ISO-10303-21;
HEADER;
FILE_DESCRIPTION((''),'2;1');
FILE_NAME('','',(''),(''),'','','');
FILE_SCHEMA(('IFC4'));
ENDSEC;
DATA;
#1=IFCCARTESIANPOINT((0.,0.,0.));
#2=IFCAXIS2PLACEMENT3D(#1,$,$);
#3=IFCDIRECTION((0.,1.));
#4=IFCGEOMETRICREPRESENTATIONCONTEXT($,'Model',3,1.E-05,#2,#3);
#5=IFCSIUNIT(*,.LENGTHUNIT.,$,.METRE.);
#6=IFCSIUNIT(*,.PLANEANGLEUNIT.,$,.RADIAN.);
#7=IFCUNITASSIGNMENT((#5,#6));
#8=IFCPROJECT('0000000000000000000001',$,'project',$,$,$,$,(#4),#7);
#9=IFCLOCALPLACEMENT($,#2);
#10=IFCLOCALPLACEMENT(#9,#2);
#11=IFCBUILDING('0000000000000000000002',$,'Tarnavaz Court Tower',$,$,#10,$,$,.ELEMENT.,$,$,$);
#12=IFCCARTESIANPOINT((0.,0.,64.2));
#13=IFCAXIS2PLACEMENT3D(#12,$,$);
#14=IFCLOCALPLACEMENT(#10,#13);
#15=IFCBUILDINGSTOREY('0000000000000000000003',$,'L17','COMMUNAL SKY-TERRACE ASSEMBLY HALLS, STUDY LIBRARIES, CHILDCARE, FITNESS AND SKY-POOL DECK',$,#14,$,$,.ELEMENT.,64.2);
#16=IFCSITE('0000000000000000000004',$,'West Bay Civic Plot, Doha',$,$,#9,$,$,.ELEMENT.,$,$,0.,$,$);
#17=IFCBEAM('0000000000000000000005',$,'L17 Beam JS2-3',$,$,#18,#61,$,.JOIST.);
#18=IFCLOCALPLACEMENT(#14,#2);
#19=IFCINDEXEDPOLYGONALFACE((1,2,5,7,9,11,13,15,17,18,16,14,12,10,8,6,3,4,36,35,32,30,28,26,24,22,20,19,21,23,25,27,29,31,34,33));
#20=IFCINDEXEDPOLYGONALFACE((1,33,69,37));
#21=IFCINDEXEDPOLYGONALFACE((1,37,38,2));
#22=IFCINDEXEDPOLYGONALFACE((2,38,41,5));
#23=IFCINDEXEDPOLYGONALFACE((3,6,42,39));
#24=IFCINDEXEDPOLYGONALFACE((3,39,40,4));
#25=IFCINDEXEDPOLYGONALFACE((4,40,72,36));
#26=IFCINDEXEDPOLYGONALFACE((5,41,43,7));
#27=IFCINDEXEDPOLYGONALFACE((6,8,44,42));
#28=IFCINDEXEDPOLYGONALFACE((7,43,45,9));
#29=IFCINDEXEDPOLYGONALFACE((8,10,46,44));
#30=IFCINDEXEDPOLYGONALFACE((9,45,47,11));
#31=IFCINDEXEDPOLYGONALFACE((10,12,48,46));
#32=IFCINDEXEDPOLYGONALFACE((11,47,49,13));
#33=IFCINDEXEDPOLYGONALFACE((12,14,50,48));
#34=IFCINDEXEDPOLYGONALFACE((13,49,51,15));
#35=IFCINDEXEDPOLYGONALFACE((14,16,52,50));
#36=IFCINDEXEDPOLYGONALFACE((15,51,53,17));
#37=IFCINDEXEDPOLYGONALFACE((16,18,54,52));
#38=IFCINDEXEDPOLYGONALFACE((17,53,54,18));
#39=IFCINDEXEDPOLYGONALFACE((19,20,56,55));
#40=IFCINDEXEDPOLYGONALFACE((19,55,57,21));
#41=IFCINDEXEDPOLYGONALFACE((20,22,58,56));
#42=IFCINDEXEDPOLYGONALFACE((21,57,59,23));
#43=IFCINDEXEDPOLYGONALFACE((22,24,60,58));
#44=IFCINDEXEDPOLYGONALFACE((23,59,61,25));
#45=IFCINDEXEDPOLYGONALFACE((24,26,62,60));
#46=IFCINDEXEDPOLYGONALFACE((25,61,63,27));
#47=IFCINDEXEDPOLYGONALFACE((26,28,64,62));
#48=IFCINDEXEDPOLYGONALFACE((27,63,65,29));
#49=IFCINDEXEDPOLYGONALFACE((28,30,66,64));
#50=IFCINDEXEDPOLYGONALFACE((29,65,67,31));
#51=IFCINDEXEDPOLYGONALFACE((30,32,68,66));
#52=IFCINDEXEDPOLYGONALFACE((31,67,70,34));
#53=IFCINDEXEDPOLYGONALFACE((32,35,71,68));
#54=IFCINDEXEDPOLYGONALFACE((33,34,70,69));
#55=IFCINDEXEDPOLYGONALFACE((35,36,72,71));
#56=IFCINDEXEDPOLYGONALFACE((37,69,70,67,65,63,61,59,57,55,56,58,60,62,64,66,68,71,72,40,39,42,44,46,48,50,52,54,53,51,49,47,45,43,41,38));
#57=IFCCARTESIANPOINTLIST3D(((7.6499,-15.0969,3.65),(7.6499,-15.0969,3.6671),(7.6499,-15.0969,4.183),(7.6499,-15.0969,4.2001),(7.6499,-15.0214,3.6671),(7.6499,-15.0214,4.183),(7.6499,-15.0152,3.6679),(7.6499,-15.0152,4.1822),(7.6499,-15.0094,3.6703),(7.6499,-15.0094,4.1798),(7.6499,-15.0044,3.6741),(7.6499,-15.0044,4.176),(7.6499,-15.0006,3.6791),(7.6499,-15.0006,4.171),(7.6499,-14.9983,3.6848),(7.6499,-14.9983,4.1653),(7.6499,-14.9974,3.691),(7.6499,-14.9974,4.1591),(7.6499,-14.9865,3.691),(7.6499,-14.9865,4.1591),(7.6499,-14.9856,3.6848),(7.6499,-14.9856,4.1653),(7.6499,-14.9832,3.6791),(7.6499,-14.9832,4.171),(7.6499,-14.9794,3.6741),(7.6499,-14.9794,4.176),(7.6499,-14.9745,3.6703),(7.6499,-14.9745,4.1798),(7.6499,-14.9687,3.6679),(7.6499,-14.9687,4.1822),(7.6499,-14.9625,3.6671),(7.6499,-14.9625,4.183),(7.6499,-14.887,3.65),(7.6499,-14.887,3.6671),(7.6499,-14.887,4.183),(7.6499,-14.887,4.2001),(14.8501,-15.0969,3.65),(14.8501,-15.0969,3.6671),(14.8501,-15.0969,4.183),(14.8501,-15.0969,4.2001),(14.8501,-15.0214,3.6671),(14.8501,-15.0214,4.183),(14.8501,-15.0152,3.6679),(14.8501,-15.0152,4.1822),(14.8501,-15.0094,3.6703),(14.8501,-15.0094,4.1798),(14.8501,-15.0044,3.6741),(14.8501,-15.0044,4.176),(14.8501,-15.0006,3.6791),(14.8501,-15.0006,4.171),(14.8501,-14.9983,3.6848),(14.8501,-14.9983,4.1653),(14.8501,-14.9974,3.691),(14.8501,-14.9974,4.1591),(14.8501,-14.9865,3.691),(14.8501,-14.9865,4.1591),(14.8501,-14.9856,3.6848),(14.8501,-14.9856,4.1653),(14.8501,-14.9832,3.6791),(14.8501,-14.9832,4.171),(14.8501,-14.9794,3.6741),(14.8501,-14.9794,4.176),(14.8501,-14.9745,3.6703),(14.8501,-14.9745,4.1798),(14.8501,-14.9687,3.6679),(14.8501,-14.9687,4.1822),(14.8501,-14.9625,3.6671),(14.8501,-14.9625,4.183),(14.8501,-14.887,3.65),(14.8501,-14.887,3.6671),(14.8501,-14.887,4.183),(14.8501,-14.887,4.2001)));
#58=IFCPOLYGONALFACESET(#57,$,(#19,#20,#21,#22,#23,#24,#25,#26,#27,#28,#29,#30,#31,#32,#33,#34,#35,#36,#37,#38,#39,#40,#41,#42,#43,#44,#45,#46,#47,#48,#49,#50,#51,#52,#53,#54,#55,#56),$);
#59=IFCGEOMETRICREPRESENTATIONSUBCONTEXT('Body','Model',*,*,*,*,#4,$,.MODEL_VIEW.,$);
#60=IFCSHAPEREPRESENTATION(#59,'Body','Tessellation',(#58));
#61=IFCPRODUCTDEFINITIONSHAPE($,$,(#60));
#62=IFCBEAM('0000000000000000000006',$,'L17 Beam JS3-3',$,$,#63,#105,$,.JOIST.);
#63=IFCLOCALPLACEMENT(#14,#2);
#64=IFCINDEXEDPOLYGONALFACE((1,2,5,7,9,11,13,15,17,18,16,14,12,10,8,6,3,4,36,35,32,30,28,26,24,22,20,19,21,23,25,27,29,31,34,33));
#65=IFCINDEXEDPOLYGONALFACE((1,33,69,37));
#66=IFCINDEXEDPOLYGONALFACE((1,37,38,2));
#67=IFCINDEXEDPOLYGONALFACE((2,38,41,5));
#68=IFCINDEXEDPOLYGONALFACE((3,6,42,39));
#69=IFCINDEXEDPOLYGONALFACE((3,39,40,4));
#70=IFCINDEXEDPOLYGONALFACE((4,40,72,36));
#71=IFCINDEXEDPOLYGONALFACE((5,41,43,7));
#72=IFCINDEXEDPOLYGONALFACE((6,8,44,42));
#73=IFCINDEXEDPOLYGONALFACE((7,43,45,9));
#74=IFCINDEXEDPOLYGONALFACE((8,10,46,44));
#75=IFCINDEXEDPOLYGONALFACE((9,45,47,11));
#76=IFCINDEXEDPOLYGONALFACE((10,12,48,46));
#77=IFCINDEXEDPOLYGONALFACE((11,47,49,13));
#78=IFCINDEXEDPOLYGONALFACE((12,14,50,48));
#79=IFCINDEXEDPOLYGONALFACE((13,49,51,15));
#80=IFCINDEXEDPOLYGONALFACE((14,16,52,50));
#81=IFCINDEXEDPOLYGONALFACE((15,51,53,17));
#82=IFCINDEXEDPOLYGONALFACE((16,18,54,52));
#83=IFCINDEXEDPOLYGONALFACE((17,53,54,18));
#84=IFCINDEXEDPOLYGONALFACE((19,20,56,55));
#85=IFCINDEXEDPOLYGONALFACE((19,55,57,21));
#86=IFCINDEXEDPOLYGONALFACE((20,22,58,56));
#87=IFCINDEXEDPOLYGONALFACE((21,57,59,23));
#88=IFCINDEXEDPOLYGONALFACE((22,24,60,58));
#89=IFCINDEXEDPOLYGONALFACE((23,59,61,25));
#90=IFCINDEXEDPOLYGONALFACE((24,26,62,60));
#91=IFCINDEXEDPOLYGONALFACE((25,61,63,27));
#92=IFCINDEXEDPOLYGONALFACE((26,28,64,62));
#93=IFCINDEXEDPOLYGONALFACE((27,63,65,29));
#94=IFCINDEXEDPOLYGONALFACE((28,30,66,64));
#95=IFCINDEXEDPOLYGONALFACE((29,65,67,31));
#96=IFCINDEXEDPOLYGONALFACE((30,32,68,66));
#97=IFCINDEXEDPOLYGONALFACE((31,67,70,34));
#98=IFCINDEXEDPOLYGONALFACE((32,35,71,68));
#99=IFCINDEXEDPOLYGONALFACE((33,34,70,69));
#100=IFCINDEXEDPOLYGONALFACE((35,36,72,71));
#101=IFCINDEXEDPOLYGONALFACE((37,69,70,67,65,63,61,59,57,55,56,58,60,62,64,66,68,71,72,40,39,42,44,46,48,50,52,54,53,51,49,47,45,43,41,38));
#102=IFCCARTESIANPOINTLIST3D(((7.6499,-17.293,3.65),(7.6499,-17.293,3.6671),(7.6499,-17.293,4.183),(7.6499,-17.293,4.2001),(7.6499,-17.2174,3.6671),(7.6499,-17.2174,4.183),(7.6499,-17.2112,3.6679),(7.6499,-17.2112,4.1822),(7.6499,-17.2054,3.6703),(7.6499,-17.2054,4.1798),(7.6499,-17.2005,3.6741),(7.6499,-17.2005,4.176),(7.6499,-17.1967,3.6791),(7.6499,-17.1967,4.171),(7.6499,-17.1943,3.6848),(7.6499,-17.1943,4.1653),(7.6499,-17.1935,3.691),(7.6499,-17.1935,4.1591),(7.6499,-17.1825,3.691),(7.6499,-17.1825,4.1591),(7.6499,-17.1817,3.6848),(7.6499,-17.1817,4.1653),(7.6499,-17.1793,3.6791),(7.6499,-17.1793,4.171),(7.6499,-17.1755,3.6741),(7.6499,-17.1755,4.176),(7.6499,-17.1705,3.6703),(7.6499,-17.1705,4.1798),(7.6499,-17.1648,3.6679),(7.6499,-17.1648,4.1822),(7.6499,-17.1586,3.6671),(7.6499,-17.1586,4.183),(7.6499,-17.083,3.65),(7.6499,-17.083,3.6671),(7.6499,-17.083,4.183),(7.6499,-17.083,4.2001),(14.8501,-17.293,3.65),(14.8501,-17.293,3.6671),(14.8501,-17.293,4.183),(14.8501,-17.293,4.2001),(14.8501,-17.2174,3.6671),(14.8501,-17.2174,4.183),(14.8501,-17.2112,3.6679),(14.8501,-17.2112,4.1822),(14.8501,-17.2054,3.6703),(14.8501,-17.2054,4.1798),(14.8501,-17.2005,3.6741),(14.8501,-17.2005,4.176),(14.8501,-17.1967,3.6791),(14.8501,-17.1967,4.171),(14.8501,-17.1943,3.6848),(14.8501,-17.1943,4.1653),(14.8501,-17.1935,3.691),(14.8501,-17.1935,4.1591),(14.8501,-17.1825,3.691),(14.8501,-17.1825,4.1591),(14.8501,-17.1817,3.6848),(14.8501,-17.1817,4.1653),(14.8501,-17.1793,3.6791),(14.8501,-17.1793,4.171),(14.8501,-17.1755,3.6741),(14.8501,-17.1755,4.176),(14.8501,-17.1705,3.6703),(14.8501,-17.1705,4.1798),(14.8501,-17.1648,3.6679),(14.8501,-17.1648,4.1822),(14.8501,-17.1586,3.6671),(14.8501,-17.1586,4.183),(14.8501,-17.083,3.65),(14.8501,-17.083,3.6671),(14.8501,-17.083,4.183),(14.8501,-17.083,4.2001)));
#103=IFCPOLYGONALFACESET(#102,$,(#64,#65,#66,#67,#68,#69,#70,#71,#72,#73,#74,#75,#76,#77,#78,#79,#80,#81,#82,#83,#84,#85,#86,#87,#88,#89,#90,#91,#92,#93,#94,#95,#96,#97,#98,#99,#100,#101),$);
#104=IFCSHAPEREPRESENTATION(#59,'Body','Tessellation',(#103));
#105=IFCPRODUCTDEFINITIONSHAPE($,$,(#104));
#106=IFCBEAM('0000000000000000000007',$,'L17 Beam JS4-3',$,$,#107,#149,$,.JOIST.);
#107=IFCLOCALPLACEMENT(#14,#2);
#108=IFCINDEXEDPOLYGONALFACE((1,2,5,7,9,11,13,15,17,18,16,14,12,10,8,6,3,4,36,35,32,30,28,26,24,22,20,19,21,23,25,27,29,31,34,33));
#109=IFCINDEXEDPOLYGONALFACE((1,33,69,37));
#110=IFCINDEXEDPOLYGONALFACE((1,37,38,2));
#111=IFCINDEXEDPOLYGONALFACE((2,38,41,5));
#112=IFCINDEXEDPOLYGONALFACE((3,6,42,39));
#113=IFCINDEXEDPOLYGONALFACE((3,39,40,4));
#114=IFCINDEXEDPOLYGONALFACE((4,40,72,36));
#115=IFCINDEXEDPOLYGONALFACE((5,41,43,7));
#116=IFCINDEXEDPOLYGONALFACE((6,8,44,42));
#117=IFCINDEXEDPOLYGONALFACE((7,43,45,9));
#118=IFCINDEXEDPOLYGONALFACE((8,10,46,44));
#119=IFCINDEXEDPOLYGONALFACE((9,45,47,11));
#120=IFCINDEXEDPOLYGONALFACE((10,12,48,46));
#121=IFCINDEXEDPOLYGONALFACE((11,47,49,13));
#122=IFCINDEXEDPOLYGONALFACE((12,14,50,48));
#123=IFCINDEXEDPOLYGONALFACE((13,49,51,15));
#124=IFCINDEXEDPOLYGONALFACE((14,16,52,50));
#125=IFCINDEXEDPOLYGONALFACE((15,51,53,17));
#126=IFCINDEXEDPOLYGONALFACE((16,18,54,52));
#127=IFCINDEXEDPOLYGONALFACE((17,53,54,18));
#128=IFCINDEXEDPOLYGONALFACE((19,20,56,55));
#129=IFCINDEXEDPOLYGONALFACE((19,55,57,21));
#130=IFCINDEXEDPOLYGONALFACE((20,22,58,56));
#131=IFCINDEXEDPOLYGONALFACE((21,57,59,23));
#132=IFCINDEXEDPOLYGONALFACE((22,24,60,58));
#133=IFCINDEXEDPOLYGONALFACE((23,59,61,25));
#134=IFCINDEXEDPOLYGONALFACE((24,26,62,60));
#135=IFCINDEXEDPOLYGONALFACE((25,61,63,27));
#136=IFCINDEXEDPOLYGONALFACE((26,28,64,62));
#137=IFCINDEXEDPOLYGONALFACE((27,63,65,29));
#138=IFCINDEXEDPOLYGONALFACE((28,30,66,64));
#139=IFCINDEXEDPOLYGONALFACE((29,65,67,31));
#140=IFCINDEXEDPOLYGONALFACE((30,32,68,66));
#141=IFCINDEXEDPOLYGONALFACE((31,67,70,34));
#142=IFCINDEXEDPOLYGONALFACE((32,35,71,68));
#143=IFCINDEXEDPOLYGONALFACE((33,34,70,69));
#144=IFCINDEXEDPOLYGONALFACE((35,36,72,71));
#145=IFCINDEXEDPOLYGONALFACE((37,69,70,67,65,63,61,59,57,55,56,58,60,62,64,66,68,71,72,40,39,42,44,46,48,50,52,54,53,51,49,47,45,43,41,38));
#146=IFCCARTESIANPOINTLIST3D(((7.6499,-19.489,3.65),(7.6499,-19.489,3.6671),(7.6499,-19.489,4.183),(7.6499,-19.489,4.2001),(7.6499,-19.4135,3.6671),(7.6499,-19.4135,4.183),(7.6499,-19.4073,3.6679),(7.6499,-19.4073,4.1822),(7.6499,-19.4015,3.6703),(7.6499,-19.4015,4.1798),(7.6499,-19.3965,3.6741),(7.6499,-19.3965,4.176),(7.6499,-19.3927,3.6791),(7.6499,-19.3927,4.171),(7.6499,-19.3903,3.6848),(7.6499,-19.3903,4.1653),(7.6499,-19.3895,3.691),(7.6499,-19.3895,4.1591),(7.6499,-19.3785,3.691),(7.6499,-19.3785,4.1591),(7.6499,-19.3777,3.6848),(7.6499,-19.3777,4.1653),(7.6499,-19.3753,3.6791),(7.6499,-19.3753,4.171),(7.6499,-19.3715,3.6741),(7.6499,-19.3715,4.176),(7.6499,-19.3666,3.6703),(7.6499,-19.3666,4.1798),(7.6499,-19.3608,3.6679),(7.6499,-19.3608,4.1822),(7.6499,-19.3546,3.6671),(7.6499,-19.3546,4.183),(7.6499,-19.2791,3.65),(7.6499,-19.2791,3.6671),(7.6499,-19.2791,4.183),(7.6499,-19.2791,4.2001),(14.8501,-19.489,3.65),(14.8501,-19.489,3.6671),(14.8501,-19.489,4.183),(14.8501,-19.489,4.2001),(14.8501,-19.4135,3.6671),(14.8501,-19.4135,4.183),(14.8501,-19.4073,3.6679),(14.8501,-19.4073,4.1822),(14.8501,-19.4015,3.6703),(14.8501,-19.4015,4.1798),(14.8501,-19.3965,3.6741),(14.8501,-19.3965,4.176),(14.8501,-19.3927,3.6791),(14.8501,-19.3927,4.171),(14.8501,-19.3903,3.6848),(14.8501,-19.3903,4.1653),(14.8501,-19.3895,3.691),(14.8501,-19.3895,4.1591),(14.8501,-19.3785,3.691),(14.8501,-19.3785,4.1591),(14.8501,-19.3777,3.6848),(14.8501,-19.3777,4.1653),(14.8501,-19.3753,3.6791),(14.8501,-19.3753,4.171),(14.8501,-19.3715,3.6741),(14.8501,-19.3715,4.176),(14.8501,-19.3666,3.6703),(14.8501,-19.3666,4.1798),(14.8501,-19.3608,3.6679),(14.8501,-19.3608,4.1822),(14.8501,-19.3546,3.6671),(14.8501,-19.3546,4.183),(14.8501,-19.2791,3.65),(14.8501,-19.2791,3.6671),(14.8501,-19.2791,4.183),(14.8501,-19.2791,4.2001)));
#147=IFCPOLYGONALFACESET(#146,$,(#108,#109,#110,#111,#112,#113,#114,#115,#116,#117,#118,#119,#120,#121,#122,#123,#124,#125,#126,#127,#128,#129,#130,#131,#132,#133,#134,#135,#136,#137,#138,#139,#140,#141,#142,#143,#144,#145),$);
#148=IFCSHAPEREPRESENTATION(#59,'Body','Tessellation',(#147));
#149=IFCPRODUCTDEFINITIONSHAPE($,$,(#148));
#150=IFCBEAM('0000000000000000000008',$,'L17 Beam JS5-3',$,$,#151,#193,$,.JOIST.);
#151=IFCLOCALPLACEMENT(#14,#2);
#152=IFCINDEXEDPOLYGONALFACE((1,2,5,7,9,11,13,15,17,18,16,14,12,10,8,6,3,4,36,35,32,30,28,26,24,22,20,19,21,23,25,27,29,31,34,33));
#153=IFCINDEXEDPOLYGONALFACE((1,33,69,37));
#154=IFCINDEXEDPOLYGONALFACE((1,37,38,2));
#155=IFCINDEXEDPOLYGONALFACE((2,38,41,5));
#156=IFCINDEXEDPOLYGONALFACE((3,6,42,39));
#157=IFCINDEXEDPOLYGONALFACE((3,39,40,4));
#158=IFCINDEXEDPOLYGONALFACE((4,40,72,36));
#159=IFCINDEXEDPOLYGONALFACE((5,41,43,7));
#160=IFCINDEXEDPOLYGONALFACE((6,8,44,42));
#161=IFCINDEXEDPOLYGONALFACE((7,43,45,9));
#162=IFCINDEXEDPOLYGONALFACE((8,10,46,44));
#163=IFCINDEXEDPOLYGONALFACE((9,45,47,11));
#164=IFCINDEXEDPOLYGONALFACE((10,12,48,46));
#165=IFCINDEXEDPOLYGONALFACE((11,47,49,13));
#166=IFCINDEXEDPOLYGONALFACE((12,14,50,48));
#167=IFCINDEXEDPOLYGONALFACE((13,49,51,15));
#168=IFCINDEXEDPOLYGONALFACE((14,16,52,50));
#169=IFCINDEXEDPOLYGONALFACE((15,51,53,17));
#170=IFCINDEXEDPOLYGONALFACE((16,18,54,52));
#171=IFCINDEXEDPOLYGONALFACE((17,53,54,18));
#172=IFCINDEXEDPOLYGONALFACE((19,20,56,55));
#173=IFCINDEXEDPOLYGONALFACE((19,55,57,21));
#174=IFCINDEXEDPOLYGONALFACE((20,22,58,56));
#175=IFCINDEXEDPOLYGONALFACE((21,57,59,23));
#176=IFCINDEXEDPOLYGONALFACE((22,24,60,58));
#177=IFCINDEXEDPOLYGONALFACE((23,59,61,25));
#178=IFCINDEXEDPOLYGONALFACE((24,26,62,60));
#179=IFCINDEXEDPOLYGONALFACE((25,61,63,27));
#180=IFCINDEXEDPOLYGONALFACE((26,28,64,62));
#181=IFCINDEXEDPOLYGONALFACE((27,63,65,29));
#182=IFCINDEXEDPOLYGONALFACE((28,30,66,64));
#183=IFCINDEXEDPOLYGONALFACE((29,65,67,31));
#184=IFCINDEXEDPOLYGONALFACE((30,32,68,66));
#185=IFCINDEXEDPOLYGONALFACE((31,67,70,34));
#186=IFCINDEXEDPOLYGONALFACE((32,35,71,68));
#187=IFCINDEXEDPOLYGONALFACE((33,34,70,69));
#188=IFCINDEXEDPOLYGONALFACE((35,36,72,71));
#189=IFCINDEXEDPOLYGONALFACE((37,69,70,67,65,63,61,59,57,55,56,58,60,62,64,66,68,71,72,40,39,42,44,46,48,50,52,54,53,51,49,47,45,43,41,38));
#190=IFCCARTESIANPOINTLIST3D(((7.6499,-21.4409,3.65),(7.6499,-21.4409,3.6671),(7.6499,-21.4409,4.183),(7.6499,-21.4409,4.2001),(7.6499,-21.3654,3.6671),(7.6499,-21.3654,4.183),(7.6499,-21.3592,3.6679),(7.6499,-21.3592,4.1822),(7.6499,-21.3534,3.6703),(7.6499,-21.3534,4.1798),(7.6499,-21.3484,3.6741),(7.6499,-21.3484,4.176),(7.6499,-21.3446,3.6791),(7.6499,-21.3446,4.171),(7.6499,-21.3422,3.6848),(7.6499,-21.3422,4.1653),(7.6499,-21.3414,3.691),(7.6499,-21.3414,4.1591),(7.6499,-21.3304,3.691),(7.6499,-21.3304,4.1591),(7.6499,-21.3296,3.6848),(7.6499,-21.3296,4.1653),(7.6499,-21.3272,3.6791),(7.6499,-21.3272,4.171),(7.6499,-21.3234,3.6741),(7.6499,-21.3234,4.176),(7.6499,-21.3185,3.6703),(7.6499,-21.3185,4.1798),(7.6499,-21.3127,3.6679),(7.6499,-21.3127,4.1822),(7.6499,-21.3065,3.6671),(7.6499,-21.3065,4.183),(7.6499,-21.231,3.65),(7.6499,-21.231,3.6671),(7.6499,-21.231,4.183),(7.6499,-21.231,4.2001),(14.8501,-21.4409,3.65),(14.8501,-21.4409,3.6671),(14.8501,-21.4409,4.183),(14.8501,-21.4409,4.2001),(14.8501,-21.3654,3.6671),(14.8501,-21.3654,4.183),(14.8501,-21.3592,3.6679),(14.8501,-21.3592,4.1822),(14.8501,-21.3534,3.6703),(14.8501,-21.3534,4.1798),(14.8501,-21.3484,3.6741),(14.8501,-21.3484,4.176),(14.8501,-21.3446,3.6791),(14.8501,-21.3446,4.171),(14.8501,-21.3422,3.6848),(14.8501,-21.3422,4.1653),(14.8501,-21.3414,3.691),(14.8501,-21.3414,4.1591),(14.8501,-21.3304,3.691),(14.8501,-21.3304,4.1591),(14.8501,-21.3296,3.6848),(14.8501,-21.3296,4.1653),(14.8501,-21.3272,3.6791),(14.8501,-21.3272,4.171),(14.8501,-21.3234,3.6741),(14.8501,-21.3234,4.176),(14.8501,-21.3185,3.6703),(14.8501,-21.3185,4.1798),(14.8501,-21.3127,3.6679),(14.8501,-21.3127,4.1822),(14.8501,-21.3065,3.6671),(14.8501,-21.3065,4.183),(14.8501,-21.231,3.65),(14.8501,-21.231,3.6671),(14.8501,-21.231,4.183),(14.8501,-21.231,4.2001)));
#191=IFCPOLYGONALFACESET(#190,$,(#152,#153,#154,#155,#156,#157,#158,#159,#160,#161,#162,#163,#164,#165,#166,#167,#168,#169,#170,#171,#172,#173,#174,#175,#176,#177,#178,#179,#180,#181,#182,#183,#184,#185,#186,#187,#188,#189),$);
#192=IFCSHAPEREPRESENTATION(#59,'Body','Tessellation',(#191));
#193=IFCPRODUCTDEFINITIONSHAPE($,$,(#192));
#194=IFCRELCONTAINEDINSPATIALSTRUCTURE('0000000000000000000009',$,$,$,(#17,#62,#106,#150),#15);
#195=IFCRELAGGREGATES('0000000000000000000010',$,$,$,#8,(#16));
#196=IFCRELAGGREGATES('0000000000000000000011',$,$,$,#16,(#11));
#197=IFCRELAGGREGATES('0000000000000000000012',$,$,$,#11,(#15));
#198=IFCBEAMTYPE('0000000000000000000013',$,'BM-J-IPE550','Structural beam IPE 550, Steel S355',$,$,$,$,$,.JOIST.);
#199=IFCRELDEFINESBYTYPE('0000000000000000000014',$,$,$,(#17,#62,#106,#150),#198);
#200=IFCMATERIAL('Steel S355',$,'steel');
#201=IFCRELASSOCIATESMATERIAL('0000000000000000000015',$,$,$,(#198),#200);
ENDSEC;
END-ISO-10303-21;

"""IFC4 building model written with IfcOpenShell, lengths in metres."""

from ifc_helpers import new_model, si_unit, direction, frame, origin, origin_2d, place, context, subcontext, project, spatial, i_section, extrude, material, material_profile, profile_set, type_object, element, save


model = new_model("IFC4")

# Units and contexts
model_context = context("Model", 3, precision=1e-05, world=origin(), true_north=direction((0.0, 1.0)))
body_context = subcontext(model_context, "Body", "Model", "MODEL_VIEW")
ifc_project = project(units=[si_unit("LENGTHUNIT", "METRE"), si_unit("PLANEANGLEUNIT", "RADIAN")], contexts=[model_context])

# Site, building, storey
site_placement = place(None, origin())
site = spatial("IfcSite", under=ifc_project, at=site_placement, Name="West Bay Civic Plot, Doha", CompositionType="ELEMENT", RefElevation=0.0)
building_placement = place(site_placement, origin())
building = spatial("IfcBuilding", under=site, at=building_placement, Name="Tarnavaz Court Tower", CompositionType="ELEMENT")
storey_placement = place(building_placement, frame((0.0, 0.0, 64.2)))
storey = spatial("IfcBuildingStorey", under=building, at=storey_placement, Name="L17", Description="COMMUNAL SKY-TERRACE ASSEMBLY HALLS, STUDY LIBRARIES, CHILDCARE, FITNESS AND SKY-POOL DECK", CompositionType="ELEMENT", Elevation=64.2)

# Beams
ifc_material_1 = material(Name="Steel S355", Category="steel")
ifc_material_profile_1 = material_profile(ifc_material_1, i_section(OverallWidth=0.21, OverallDepth=0.55, WebThickness=0.011, FlangeThickness=0.0171, FilletRadius=0.0239, at=origin_2d()), Name="IPE 550")
ifc_profile_set_1 = profile_set([ifc_material_profile_1], Name="Steel S355")
beam_type_1 = type_object("IfcBeamType", Name="BM-J-IPE550", Description="Structural beam IPE 550, Steel S355", PredefinedType="JOIST", material=ifc_profile_set_1)
for number, where, z_axis, x_axis, name in (
    (1, (7.6499, -14.9919, 3.925), (1.0, 0.0, 0.0), (0.0, 1.0, 0.0), "L17 Beam JS2-3"),
    (2, (7.6499, -17.188, 3.925), (1.0, 0.0, 0.0), (0.0, 1.0, 0.0), "L17 Beam JS3-3"),
    (3, (7.6499, -19.384, 3.925), (1.0, 0.0, 0.0), (0.0, 1.0, 0.0), "L17 Beam JS4-3"),
    (4, (7.6499, -21.3359, 3.925), (1.0, 0.0, 0.0), (0.0, 1.0, 0.0), "L17 Beam JS5-3"),
):
    element("IfcBeam", number, at=place(storey_placement, frame(where, z_axis=z_axis, x_axis=x_axis)), inside=storey, type_object=beam_type_1, Name=name, PredefinedType="JOIST", context=body_context, shape_type="SweptSolid", body=[
        extrude(i_section(OverallWidth=0.21, OverallDepth=0.55, WebThickness=0.011, FlangeThickness=0.0171, FilletRadius=0.0239, at=origin_2d()), origin(), (0.0, 0.0, 1.0), 7.2002),
    ])

save(model, "model.ifc")
